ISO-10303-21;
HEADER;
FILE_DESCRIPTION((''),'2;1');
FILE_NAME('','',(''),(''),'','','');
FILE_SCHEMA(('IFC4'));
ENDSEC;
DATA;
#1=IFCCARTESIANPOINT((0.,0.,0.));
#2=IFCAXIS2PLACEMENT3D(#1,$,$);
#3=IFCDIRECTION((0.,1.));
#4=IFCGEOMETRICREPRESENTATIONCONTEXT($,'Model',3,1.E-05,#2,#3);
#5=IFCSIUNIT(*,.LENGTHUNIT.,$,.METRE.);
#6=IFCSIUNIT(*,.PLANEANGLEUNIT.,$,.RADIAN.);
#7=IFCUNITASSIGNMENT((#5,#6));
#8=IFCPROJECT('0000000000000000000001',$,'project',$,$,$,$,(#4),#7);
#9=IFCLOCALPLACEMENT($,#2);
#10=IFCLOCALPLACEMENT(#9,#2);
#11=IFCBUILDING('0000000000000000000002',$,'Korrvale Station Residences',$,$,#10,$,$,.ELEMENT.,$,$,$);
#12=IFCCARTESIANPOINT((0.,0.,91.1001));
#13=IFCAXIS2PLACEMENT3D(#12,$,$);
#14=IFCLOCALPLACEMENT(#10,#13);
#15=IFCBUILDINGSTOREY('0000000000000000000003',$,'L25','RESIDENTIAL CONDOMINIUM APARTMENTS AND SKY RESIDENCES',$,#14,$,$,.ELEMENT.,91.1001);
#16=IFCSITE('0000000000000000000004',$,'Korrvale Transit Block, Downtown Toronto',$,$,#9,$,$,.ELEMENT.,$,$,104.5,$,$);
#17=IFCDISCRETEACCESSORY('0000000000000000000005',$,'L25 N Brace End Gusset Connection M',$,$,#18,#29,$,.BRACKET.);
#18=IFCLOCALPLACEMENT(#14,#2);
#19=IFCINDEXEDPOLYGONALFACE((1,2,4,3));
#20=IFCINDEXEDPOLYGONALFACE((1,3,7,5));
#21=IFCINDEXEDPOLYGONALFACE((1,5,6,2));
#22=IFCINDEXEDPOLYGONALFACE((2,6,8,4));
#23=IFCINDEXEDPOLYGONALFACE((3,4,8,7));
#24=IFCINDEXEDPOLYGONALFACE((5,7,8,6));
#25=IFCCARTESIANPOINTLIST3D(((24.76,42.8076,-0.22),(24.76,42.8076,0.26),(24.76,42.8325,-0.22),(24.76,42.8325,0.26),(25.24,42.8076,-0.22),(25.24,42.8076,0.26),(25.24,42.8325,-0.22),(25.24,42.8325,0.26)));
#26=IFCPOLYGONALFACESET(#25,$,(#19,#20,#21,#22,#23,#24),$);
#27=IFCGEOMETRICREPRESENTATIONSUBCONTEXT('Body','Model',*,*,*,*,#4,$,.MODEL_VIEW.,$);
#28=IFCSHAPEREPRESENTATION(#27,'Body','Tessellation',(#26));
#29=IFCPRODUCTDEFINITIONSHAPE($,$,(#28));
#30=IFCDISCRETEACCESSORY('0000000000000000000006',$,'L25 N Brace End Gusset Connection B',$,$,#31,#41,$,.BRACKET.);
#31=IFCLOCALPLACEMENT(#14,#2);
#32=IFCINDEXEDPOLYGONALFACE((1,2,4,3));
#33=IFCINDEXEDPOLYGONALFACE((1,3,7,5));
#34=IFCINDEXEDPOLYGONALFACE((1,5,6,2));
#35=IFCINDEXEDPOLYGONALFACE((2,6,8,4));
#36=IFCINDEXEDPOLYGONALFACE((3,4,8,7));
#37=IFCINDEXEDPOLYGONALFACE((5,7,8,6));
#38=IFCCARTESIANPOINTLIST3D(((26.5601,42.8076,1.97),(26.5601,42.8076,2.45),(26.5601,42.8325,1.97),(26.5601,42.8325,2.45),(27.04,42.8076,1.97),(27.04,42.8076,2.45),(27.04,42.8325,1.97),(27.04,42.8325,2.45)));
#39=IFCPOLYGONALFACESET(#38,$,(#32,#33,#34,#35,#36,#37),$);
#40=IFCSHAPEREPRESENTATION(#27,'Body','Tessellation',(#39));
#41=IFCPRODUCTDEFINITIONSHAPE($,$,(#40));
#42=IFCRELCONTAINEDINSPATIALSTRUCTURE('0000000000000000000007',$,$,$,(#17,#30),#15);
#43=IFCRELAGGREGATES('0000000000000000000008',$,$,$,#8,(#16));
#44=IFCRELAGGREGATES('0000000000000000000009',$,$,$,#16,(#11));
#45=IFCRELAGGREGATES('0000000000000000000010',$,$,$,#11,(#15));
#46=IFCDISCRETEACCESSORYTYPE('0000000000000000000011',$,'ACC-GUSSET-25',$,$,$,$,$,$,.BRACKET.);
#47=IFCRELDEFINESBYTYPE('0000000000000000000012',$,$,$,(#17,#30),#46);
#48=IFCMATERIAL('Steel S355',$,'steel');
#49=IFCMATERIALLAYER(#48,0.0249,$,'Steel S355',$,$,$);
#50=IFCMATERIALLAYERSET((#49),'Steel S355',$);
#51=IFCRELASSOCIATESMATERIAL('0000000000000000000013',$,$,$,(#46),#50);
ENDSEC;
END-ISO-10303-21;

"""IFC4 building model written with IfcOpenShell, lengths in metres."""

from ifc_helpers import new_model, si_unit, direction, frame, origin, origin_2d, place, context, subcontext, project, spatial, rectangle, extrude, material, layer, layer_set, type_object, element, save


model = new_model("IFC4")

# Units and contexts
model_context = context("Model", 3, precision=1e-05, world=origin(), true_north=direction((0.0, 1.0)))
body_context = subcontext(model_context, "Body", "Model", "MODEL_VIEW")
ifc_project = project(units=[si_unit("LENGTHUNIT", "METRE"), si_unit("PLANEANGLEUNIT", "RADIAN")], contexts=[model_context])

# Site, building, storey
site_placement = place(None, origin())
site = spatial("IfcSite", under=ifc_project, at=site_placement, Name="Korrvale Transit Block, Downtown Toronto", CompositionType="ELEMENT", RefElevation=104.5)
building_placement = place(site_placement, origin())
building = spatial("IfcBuilding", under=site, at=building_placement, Name="Korrvale Station Residences", CompositionType="ELEMENT")
storey_placement = place(building_placement, frame((0.0, 0.0, 91.1001)))
storey = spatial("IfcBuildingStorey", under=building, at=storey_placement, Name="L25", Description="RESIDENTIAL CONDOMINIUM APARTMENTS AND SKY RESIDENCES", CompositionType="ELEMENT", Elevation=91.1001)

# Shared definitions
ifc_material_1 = material(Name="Steel S355", Category="steel")

# Discrete accessories
ifc_layer_1 = layer(ifc_material_1, 0.0249, Name="Steel S355")
ifc_layer_set_1 = layer_set([ifc_layer_1], Name="Steel S355")
discrete_accessory_type = type_object("IfcDiscreteAccessoryType", Name="ACC-GUSSET-25", PredefinedType="BRACKET", material=ifc_layer_set_1)
for number, where, z_axis, x_axis, name in (
    (1, (25.0, 42.8201, -0.22), (0.0, 0.0, 1.0), (1.0, 0.0, 0.0), "L25 N Brace End Gusset Connection M"),
    (2, (26.8, 42.8201, 1.97), (0.0, 0.0, 1.0), (1.0, 0.0, 0.0), "L25 N Brace End Gusset Connection B"),
):
    element("IfcDiscreteAccessory", number, at=place(storey_placement, frame(where, z_axis=z_axis, x_axis=x_axis)), inside=storey, type_object=discrete_accessory_type, Name=name, PredefinedType="BRACKET", context=body_context, shape_type="SweptSolid", body=[
        extrude(rectangle(XDim=0.48, YDim=0.0249, at=origin_2d()), origin(), (0.0, 0.0, 1.0), 0.48),
    ])

save(model, "model.ifc")
